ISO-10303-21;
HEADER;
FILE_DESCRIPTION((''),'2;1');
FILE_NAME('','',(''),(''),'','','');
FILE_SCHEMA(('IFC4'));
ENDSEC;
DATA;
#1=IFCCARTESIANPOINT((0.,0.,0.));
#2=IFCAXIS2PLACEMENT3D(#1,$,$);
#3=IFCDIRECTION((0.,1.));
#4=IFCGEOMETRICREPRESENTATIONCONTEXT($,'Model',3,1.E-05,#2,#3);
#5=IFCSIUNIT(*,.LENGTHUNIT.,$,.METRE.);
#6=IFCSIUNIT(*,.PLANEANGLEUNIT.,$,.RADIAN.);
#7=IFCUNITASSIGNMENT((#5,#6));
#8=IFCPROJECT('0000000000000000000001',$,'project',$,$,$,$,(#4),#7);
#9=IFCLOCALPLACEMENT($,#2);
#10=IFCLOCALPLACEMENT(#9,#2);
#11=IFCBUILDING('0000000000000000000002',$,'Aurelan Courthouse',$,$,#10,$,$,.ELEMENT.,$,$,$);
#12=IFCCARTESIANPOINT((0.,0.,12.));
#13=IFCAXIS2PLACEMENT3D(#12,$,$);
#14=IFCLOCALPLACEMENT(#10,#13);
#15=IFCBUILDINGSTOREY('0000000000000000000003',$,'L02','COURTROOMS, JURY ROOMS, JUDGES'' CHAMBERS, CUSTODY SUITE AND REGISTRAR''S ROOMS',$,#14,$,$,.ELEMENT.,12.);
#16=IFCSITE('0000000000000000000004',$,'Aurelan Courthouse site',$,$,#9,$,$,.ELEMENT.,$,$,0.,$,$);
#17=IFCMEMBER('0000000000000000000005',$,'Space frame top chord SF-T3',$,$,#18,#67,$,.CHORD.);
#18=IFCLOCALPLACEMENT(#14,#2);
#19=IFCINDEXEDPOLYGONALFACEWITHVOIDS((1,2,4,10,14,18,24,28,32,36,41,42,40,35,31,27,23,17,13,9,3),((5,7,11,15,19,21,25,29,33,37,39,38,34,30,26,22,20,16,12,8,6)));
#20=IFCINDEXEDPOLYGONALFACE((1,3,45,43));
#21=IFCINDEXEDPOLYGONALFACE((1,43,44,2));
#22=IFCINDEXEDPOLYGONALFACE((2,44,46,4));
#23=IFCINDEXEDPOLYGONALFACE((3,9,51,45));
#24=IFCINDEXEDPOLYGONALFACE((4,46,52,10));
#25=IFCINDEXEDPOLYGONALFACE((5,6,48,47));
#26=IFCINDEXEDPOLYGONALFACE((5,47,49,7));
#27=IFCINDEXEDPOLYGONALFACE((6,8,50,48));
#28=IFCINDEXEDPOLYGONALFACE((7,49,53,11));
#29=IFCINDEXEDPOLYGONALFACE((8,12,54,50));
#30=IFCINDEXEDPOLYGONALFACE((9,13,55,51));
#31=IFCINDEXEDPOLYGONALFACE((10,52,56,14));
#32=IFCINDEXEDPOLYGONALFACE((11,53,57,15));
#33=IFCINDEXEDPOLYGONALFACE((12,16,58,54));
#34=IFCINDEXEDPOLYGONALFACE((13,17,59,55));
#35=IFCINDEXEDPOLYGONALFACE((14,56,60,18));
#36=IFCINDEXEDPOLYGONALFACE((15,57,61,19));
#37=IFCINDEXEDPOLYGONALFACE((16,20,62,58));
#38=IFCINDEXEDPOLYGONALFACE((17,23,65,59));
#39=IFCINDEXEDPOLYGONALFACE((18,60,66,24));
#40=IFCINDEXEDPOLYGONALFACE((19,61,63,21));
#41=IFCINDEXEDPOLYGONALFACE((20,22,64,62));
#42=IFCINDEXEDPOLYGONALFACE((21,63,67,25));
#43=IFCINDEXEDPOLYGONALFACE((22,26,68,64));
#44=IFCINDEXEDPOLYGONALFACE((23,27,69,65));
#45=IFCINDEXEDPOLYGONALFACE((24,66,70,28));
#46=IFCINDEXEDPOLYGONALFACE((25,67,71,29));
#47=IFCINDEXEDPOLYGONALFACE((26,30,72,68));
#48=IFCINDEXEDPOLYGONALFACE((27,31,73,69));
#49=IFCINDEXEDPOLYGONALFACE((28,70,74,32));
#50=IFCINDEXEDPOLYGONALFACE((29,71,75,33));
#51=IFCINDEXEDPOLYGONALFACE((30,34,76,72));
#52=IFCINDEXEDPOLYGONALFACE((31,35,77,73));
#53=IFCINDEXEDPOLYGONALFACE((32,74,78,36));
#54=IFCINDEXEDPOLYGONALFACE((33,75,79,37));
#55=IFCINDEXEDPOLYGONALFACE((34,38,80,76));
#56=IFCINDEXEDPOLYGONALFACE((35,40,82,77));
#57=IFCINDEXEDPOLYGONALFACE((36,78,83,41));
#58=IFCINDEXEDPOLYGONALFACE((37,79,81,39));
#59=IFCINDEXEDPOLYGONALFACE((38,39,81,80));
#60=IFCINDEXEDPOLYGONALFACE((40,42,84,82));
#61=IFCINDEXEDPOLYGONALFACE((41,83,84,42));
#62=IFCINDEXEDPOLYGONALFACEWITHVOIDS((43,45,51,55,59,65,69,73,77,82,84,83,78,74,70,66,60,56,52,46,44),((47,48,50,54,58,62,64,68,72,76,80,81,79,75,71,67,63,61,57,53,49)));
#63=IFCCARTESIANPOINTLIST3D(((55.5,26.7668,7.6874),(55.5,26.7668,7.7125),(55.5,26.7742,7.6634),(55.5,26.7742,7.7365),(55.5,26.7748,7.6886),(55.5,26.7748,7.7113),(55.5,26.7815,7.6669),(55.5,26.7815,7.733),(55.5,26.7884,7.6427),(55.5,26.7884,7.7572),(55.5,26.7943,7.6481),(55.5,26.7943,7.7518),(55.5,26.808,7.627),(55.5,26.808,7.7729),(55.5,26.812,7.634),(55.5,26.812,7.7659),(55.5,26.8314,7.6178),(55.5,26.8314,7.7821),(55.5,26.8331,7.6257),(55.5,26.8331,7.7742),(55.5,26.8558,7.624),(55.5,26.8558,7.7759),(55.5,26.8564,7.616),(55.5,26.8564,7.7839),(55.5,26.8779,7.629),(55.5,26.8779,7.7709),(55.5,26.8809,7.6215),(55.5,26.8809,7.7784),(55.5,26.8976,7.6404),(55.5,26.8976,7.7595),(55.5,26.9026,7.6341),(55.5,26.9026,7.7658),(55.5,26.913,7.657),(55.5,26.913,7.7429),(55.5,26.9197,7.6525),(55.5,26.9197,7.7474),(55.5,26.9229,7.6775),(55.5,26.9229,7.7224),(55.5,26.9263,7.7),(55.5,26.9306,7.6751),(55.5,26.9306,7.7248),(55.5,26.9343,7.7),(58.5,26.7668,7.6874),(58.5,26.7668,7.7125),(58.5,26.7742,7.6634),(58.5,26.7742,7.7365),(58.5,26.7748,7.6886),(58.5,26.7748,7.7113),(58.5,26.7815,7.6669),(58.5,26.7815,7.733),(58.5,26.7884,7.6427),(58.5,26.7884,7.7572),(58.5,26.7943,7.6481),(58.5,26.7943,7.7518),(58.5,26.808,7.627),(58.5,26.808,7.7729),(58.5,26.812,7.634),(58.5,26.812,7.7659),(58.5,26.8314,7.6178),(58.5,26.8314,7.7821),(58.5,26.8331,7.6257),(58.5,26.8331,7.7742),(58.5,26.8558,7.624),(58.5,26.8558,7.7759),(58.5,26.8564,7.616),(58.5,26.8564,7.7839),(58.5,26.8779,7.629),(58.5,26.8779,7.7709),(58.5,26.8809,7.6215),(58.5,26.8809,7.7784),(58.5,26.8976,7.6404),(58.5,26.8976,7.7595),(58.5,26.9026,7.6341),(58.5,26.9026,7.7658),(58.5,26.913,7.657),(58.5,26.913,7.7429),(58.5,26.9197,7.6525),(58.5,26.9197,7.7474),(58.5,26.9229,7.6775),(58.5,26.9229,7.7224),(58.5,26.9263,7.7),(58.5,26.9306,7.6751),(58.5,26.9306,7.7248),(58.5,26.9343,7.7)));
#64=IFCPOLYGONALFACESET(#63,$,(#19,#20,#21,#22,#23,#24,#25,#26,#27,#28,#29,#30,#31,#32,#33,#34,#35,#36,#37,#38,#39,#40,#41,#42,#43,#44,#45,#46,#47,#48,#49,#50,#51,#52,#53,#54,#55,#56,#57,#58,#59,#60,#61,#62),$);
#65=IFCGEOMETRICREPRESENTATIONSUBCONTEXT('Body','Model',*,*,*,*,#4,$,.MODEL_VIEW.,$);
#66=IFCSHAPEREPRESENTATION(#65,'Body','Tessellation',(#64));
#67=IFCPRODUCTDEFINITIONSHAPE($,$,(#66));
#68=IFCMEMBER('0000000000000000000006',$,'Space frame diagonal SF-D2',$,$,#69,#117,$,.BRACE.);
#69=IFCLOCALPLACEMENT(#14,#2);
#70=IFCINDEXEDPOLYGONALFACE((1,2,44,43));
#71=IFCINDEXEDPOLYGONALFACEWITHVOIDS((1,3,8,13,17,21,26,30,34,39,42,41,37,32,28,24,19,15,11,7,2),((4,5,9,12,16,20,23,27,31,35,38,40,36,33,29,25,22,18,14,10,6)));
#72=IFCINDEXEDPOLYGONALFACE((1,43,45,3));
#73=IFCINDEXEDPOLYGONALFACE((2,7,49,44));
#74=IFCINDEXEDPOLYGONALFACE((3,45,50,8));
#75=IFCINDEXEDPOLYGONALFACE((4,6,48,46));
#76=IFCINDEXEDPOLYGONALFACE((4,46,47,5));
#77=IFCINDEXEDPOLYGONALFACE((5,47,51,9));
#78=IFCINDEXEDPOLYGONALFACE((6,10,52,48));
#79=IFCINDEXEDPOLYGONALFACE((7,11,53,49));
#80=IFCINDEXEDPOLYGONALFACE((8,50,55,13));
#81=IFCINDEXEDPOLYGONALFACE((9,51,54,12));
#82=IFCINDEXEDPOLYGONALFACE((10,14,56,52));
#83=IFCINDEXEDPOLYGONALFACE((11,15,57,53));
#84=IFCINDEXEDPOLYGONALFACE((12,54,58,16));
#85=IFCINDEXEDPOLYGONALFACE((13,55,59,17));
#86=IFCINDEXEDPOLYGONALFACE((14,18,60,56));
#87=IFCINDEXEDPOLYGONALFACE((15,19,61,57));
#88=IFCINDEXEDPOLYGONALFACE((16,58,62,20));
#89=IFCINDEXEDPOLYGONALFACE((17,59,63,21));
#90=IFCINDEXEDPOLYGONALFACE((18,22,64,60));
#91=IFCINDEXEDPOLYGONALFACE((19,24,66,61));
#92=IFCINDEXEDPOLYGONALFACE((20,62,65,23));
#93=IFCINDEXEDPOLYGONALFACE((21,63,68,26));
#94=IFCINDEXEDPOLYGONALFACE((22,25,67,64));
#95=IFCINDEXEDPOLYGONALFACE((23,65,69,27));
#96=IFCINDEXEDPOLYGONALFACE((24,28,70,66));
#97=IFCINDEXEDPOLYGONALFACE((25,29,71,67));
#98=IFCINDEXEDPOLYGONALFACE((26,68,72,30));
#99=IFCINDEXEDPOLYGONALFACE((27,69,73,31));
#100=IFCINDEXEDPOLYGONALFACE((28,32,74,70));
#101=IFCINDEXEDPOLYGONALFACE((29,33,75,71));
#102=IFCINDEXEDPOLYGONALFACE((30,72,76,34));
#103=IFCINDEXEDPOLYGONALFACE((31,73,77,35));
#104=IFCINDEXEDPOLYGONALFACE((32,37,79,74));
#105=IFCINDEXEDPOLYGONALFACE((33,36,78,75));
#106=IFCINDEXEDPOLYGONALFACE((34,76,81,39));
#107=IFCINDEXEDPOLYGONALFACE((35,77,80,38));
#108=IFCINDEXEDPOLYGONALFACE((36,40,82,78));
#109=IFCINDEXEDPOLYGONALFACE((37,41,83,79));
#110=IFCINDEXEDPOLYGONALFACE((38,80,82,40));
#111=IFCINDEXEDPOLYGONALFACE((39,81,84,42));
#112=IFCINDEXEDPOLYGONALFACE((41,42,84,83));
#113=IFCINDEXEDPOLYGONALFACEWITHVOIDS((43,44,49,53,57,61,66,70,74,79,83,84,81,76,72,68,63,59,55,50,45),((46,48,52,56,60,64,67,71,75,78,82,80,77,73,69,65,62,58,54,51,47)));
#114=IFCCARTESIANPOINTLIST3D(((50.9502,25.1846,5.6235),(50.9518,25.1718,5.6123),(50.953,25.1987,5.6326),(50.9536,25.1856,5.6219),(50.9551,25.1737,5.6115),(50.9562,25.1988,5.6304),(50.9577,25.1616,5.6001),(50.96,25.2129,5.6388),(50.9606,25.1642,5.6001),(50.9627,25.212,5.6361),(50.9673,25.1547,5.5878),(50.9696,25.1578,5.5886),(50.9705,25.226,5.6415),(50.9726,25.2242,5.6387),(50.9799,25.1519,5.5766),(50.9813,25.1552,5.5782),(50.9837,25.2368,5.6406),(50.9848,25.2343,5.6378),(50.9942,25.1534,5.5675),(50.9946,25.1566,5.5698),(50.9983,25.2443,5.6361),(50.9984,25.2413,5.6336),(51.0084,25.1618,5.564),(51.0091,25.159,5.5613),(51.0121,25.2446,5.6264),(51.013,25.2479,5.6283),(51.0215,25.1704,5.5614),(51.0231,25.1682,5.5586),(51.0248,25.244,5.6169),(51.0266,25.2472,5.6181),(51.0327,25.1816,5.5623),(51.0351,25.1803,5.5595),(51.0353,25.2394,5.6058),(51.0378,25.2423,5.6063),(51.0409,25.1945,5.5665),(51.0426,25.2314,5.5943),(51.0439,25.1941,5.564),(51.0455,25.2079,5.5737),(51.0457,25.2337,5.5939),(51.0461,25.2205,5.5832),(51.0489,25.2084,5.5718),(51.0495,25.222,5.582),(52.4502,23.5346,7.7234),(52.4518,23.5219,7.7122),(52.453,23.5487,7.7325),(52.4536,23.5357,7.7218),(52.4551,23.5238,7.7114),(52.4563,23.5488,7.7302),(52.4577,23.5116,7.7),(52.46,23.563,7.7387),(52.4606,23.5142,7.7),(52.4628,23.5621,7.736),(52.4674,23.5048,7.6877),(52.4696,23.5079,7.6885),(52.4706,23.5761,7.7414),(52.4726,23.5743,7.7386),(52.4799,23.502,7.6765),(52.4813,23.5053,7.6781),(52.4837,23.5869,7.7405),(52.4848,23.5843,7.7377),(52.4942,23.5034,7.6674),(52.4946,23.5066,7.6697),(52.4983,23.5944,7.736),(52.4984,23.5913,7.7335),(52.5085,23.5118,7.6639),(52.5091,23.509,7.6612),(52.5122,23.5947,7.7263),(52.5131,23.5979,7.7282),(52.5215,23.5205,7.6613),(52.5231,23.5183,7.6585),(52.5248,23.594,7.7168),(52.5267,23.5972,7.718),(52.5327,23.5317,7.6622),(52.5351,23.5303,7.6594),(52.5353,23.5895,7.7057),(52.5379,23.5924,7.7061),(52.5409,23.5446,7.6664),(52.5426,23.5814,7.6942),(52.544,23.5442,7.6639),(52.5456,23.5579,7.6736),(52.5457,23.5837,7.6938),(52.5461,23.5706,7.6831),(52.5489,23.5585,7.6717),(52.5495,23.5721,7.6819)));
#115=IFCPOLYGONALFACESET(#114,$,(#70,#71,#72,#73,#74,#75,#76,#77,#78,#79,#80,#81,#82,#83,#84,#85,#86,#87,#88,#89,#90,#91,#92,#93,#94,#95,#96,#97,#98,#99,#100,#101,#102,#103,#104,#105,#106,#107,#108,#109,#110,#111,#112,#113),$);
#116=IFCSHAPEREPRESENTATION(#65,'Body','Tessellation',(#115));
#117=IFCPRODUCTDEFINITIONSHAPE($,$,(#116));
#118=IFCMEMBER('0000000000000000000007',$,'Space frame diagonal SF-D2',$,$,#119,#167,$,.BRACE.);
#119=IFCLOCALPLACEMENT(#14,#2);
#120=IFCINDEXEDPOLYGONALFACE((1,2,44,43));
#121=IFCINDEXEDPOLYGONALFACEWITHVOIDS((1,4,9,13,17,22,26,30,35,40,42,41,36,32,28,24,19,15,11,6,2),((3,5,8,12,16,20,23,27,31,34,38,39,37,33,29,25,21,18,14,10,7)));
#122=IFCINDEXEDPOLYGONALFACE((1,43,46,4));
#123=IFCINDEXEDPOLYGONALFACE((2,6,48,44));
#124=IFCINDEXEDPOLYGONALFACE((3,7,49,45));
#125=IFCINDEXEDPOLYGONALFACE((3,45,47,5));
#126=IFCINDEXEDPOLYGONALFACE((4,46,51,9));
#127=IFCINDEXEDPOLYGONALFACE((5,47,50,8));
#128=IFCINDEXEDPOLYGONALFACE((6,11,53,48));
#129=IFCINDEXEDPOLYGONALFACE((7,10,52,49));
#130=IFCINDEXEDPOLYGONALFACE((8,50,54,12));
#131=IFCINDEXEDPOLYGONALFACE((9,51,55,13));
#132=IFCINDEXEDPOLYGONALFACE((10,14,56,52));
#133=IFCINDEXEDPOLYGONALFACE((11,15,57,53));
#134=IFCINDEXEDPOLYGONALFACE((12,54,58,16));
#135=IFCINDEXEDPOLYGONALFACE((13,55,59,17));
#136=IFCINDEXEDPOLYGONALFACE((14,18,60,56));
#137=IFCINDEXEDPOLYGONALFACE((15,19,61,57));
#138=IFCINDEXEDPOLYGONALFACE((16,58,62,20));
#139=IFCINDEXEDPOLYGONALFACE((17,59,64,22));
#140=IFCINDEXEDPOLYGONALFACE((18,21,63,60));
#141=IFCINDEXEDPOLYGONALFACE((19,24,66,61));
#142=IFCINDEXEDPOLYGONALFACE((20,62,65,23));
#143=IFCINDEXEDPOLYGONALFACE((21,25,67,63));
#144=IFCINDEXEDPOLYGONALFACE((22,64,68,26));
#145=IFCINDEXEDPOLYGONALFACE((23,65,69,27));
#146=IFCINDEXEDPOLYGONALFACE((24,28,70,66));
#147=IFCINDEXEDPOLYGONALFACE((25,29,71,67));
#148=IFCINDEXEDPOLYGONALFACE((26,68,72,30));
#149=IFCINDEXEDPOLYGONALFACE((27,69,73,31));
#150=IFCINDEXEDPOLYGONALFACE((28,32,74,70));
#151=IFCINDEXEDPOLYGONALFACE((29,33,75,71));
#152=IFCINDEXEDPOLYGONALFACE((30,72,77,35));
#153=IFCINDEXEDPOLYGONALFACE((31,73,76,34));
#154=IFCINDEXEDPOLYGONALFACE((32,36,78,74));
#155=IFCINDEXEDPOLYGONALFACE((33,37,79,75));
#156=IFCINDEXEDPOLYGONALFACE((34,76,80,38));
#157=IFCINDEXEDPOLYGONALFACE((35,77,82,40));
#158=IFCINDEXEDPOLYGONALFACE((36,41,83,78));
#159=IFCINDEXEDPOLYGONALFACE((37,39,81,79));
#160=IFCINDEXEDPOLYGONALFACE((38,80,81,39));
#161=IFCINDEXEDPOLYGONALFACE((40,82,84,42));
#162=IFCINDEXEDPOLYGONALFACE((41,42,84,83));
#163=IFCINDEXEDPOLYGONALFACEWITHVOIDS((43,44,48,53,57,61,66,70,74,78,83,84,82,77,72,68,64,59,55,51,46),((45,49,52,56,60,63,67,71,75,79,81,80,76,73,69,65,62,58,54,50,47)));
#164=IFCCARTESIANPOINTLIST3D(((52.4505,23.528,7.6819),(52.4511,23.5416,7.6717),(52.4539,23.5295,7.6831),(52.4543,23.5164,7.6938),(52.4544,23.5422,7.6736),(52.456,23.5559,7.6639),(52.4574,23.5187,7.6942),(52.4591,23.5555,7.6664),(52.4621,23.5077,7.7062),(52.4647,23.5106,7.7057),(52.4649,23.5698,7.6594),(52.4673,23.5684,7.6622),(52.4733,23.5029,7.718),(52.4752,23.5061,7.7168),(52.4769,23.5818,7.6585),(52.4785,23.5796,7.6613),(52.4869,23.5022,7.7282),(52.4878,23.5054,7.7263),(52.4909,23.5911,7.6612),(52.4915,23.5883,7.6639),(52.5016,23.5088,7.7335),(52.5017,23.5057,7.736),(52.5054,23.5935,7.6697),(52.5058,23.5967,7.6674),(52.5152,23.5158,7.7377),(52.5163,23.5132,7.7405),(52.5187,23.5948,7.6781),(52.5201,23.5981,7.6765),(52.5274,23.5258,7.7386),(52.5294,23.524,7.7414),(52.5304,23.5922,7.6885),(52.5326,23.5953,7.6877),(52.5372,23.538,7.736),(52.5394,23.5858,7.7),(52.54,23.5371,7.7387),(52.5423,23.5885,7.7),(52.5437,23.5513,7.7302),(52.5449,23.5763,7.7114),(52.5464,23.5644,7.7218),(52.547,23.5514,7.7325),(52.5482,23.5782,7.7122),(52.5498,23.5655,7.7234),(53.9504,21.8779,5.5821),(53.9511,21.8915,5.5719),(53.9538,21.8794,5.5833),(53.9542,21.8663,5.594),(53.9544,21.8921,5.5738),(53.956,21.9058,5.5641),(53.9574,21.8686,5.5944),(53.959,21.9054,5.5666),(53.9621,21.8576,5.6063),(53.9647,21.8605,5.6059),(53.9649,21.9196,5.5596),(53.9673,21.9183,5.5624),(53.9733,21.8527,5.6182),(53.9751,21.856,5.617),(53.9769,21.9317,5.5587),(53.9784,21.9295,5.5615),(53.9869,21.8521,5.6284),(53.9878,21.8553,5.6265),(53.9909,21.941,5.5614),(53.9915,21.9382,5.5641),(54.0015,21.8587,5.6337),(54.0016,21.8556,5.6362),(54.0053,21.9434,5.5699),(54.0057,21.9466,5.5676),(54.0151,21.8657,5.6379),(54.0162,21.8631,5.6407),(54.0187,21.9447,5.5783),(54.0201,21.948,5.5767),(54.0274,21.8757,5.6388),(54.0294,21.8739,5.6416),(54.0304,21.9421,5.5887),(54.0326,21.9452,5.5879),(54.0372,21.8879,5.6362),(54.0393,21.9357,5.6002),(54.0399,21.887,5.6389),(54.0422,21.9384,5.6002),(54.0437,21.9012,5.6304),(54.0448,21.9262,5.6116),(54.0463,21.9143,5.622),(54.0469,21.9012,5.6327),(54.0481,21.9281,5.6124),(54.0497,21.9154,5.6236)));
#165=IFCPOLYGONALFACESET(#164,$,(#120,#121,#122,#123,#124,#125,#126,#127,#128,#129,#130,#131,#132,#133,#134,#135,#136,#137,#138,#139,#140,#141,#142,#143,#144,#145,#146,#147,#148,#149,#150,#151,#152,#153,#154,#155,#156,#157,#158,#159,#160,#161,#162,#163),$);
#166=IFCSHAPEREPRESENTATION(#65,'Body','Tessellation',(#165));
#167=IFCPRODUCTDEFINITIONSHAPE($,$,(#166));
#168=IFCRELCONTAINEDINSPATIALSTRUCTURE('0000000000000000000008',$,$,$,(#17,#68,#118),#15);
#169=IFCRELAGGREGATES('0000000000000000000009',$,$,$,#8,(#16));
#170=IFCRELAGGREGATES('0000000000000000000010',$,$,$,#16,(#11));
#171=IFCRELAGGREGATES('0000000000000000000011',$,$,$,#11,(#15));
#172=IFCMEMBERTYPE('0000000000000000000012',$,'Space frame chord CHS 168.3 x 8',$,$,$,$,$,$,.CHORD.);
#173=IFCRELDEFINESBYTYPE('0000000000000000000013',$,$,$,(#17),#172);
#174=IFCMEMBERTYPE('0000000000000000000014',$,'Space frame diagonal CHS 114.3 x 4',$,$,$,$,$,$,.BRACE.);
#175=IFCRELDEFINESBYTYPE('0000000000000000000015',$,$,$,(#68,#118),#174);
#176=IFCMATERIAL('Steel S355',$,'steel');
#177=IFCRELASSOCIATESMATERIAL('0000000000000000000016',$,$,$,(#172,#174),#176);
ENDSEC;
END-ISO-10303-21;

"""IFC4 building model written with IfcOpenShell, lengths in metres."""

from ifc_helpers import new_model, si_unit, direction, frame, origin, origin_2d, place, context, subcontext, project, spatial, hollow_circle, extrude, material, material_profile, profile_set, type_object, element, save


model = new_model("IFC4")

# Units and contexts
model_context = context("Model", 3, precision=1e-05, world=origin(), true_north=direction((0.0, 1.0)))
body_context = subcontext(model_context, "Body", "Model", "MODEL_VIEW")
ifc_project = project(units=[si_unit("LENGTHUNIT", "METRE"), si_unit("PLANEANGLEUNIT", "RADIAN")], contexts=[model_context])

# Site, building, storey
site_placement = place(None, origin())
site = spatial("IfcSite", under=ifc_project, at=site_placement, Name="Aurelan Courthouse site", CompositionType="ELEMENT", RefElevation=0.0)
building_placement = place(site_placement, origin())
building = spatial("IfcBuilding", under=site, at=building_placement, Name="Aurelan Courthouse", CompositionType="ELEMENT")
storey_placement = place(building_placement, frame((0.0, 0.0, 12.0)))
storey = spatial("IfcBuildingStorey", under=building, at=storey_placement, Name="L02", Description="COURTROOMS, JURY ROOMS, JUDGES' CHAMBERS, CUSTODY SUITE AND REGISTRAR'S ROOMS", CompositionType="ELEMENT", Elevation=12.0)

# Members
ifc_material_1 = material(Name="Steel S355", Category="steel")
ifc_material_profile_1 = material_profile(ifc_material_1, hollow_circle(Radius=0.0842, WallThickness=0.0081, at=origin_2d()), Name="CHS 168.3 x 8")
ifc_profile_set_1 = profile_set([ifc_material_profile_1], Name="Steel S355")
member_type_1 = type_object("IfcMemberType", Name="Space frame chord CHS 168.3 x 8", PredefinedType="CHORD", material=ifc_profile_set_1)
for number, where, z_axis, x_axis, name in (
    (1, (55.5, 26.8501, 7.7), (1.0, 0.0, 0.0), (0.0, 1.0, 0.0), "Space frame top chord SF-T3"),
):
    element("IfcMember", number, at=place(storey_placement, frame(where, z_axis=z_axis, x_axis=x_axis)), inside=storey, type_object=member_type_1, Name=name, PredefinedType="CHORD", context=body_context, shape_type="SweptSolid", body=[
        extrude(hollow_circle(Radius=0.0842, WallThickness=0.0081, at=origin_2d()), origin(), (0.0, 0.0, 1.0), 3.0),
    ])
ifc_material_profile_2 = material_profile(ifc_material_1, hollow_circle(Radius=0.0571, WallThickness=0.0039, at=origin_2d()), Name="CHS 114.3 x 4")
ifc_profile_set_2 = profile_set([ifc_material_profile_2], Name="Steel S355")
member_type_2 = type_object("IfcMemberType", Name="Space frame diagonal CHS 114.3 x 4", PredefinedType="BRACE", material=ifc_profile_set_2)
for number, where, z_axis, x_axis, name in (
    (2, (52.5, 23.55, 7.7), (-0.489727, 0.538667, -0.685569), (-0.73992, -0.672695, 0.0), "Space frame diagonal SF-D2"),
    (3, (52.5, 23.55, 7.7), (0.489706, -0.538724, -0.68554), (0.73997, 0.67264, 0.0), "Space frame diagonal SF-D2"),
):
    element("IfcMember", number, at=place(storey_placement, frame(where, z_axis=z_axis, x_axis=x_axis)), inside=storey, type_object=member_type_2, Name=name, PredefinedType="BRACE", context=body_context, shape_type="SweptSolid", body=[
        extrude(hollow_circle(Radius=0.0571, WallThickness=0.0039, at=origin_2d()), origin(), (0.0, 0.0, 1.0), 3.063),
    ])

save(model, "model.ifc")
